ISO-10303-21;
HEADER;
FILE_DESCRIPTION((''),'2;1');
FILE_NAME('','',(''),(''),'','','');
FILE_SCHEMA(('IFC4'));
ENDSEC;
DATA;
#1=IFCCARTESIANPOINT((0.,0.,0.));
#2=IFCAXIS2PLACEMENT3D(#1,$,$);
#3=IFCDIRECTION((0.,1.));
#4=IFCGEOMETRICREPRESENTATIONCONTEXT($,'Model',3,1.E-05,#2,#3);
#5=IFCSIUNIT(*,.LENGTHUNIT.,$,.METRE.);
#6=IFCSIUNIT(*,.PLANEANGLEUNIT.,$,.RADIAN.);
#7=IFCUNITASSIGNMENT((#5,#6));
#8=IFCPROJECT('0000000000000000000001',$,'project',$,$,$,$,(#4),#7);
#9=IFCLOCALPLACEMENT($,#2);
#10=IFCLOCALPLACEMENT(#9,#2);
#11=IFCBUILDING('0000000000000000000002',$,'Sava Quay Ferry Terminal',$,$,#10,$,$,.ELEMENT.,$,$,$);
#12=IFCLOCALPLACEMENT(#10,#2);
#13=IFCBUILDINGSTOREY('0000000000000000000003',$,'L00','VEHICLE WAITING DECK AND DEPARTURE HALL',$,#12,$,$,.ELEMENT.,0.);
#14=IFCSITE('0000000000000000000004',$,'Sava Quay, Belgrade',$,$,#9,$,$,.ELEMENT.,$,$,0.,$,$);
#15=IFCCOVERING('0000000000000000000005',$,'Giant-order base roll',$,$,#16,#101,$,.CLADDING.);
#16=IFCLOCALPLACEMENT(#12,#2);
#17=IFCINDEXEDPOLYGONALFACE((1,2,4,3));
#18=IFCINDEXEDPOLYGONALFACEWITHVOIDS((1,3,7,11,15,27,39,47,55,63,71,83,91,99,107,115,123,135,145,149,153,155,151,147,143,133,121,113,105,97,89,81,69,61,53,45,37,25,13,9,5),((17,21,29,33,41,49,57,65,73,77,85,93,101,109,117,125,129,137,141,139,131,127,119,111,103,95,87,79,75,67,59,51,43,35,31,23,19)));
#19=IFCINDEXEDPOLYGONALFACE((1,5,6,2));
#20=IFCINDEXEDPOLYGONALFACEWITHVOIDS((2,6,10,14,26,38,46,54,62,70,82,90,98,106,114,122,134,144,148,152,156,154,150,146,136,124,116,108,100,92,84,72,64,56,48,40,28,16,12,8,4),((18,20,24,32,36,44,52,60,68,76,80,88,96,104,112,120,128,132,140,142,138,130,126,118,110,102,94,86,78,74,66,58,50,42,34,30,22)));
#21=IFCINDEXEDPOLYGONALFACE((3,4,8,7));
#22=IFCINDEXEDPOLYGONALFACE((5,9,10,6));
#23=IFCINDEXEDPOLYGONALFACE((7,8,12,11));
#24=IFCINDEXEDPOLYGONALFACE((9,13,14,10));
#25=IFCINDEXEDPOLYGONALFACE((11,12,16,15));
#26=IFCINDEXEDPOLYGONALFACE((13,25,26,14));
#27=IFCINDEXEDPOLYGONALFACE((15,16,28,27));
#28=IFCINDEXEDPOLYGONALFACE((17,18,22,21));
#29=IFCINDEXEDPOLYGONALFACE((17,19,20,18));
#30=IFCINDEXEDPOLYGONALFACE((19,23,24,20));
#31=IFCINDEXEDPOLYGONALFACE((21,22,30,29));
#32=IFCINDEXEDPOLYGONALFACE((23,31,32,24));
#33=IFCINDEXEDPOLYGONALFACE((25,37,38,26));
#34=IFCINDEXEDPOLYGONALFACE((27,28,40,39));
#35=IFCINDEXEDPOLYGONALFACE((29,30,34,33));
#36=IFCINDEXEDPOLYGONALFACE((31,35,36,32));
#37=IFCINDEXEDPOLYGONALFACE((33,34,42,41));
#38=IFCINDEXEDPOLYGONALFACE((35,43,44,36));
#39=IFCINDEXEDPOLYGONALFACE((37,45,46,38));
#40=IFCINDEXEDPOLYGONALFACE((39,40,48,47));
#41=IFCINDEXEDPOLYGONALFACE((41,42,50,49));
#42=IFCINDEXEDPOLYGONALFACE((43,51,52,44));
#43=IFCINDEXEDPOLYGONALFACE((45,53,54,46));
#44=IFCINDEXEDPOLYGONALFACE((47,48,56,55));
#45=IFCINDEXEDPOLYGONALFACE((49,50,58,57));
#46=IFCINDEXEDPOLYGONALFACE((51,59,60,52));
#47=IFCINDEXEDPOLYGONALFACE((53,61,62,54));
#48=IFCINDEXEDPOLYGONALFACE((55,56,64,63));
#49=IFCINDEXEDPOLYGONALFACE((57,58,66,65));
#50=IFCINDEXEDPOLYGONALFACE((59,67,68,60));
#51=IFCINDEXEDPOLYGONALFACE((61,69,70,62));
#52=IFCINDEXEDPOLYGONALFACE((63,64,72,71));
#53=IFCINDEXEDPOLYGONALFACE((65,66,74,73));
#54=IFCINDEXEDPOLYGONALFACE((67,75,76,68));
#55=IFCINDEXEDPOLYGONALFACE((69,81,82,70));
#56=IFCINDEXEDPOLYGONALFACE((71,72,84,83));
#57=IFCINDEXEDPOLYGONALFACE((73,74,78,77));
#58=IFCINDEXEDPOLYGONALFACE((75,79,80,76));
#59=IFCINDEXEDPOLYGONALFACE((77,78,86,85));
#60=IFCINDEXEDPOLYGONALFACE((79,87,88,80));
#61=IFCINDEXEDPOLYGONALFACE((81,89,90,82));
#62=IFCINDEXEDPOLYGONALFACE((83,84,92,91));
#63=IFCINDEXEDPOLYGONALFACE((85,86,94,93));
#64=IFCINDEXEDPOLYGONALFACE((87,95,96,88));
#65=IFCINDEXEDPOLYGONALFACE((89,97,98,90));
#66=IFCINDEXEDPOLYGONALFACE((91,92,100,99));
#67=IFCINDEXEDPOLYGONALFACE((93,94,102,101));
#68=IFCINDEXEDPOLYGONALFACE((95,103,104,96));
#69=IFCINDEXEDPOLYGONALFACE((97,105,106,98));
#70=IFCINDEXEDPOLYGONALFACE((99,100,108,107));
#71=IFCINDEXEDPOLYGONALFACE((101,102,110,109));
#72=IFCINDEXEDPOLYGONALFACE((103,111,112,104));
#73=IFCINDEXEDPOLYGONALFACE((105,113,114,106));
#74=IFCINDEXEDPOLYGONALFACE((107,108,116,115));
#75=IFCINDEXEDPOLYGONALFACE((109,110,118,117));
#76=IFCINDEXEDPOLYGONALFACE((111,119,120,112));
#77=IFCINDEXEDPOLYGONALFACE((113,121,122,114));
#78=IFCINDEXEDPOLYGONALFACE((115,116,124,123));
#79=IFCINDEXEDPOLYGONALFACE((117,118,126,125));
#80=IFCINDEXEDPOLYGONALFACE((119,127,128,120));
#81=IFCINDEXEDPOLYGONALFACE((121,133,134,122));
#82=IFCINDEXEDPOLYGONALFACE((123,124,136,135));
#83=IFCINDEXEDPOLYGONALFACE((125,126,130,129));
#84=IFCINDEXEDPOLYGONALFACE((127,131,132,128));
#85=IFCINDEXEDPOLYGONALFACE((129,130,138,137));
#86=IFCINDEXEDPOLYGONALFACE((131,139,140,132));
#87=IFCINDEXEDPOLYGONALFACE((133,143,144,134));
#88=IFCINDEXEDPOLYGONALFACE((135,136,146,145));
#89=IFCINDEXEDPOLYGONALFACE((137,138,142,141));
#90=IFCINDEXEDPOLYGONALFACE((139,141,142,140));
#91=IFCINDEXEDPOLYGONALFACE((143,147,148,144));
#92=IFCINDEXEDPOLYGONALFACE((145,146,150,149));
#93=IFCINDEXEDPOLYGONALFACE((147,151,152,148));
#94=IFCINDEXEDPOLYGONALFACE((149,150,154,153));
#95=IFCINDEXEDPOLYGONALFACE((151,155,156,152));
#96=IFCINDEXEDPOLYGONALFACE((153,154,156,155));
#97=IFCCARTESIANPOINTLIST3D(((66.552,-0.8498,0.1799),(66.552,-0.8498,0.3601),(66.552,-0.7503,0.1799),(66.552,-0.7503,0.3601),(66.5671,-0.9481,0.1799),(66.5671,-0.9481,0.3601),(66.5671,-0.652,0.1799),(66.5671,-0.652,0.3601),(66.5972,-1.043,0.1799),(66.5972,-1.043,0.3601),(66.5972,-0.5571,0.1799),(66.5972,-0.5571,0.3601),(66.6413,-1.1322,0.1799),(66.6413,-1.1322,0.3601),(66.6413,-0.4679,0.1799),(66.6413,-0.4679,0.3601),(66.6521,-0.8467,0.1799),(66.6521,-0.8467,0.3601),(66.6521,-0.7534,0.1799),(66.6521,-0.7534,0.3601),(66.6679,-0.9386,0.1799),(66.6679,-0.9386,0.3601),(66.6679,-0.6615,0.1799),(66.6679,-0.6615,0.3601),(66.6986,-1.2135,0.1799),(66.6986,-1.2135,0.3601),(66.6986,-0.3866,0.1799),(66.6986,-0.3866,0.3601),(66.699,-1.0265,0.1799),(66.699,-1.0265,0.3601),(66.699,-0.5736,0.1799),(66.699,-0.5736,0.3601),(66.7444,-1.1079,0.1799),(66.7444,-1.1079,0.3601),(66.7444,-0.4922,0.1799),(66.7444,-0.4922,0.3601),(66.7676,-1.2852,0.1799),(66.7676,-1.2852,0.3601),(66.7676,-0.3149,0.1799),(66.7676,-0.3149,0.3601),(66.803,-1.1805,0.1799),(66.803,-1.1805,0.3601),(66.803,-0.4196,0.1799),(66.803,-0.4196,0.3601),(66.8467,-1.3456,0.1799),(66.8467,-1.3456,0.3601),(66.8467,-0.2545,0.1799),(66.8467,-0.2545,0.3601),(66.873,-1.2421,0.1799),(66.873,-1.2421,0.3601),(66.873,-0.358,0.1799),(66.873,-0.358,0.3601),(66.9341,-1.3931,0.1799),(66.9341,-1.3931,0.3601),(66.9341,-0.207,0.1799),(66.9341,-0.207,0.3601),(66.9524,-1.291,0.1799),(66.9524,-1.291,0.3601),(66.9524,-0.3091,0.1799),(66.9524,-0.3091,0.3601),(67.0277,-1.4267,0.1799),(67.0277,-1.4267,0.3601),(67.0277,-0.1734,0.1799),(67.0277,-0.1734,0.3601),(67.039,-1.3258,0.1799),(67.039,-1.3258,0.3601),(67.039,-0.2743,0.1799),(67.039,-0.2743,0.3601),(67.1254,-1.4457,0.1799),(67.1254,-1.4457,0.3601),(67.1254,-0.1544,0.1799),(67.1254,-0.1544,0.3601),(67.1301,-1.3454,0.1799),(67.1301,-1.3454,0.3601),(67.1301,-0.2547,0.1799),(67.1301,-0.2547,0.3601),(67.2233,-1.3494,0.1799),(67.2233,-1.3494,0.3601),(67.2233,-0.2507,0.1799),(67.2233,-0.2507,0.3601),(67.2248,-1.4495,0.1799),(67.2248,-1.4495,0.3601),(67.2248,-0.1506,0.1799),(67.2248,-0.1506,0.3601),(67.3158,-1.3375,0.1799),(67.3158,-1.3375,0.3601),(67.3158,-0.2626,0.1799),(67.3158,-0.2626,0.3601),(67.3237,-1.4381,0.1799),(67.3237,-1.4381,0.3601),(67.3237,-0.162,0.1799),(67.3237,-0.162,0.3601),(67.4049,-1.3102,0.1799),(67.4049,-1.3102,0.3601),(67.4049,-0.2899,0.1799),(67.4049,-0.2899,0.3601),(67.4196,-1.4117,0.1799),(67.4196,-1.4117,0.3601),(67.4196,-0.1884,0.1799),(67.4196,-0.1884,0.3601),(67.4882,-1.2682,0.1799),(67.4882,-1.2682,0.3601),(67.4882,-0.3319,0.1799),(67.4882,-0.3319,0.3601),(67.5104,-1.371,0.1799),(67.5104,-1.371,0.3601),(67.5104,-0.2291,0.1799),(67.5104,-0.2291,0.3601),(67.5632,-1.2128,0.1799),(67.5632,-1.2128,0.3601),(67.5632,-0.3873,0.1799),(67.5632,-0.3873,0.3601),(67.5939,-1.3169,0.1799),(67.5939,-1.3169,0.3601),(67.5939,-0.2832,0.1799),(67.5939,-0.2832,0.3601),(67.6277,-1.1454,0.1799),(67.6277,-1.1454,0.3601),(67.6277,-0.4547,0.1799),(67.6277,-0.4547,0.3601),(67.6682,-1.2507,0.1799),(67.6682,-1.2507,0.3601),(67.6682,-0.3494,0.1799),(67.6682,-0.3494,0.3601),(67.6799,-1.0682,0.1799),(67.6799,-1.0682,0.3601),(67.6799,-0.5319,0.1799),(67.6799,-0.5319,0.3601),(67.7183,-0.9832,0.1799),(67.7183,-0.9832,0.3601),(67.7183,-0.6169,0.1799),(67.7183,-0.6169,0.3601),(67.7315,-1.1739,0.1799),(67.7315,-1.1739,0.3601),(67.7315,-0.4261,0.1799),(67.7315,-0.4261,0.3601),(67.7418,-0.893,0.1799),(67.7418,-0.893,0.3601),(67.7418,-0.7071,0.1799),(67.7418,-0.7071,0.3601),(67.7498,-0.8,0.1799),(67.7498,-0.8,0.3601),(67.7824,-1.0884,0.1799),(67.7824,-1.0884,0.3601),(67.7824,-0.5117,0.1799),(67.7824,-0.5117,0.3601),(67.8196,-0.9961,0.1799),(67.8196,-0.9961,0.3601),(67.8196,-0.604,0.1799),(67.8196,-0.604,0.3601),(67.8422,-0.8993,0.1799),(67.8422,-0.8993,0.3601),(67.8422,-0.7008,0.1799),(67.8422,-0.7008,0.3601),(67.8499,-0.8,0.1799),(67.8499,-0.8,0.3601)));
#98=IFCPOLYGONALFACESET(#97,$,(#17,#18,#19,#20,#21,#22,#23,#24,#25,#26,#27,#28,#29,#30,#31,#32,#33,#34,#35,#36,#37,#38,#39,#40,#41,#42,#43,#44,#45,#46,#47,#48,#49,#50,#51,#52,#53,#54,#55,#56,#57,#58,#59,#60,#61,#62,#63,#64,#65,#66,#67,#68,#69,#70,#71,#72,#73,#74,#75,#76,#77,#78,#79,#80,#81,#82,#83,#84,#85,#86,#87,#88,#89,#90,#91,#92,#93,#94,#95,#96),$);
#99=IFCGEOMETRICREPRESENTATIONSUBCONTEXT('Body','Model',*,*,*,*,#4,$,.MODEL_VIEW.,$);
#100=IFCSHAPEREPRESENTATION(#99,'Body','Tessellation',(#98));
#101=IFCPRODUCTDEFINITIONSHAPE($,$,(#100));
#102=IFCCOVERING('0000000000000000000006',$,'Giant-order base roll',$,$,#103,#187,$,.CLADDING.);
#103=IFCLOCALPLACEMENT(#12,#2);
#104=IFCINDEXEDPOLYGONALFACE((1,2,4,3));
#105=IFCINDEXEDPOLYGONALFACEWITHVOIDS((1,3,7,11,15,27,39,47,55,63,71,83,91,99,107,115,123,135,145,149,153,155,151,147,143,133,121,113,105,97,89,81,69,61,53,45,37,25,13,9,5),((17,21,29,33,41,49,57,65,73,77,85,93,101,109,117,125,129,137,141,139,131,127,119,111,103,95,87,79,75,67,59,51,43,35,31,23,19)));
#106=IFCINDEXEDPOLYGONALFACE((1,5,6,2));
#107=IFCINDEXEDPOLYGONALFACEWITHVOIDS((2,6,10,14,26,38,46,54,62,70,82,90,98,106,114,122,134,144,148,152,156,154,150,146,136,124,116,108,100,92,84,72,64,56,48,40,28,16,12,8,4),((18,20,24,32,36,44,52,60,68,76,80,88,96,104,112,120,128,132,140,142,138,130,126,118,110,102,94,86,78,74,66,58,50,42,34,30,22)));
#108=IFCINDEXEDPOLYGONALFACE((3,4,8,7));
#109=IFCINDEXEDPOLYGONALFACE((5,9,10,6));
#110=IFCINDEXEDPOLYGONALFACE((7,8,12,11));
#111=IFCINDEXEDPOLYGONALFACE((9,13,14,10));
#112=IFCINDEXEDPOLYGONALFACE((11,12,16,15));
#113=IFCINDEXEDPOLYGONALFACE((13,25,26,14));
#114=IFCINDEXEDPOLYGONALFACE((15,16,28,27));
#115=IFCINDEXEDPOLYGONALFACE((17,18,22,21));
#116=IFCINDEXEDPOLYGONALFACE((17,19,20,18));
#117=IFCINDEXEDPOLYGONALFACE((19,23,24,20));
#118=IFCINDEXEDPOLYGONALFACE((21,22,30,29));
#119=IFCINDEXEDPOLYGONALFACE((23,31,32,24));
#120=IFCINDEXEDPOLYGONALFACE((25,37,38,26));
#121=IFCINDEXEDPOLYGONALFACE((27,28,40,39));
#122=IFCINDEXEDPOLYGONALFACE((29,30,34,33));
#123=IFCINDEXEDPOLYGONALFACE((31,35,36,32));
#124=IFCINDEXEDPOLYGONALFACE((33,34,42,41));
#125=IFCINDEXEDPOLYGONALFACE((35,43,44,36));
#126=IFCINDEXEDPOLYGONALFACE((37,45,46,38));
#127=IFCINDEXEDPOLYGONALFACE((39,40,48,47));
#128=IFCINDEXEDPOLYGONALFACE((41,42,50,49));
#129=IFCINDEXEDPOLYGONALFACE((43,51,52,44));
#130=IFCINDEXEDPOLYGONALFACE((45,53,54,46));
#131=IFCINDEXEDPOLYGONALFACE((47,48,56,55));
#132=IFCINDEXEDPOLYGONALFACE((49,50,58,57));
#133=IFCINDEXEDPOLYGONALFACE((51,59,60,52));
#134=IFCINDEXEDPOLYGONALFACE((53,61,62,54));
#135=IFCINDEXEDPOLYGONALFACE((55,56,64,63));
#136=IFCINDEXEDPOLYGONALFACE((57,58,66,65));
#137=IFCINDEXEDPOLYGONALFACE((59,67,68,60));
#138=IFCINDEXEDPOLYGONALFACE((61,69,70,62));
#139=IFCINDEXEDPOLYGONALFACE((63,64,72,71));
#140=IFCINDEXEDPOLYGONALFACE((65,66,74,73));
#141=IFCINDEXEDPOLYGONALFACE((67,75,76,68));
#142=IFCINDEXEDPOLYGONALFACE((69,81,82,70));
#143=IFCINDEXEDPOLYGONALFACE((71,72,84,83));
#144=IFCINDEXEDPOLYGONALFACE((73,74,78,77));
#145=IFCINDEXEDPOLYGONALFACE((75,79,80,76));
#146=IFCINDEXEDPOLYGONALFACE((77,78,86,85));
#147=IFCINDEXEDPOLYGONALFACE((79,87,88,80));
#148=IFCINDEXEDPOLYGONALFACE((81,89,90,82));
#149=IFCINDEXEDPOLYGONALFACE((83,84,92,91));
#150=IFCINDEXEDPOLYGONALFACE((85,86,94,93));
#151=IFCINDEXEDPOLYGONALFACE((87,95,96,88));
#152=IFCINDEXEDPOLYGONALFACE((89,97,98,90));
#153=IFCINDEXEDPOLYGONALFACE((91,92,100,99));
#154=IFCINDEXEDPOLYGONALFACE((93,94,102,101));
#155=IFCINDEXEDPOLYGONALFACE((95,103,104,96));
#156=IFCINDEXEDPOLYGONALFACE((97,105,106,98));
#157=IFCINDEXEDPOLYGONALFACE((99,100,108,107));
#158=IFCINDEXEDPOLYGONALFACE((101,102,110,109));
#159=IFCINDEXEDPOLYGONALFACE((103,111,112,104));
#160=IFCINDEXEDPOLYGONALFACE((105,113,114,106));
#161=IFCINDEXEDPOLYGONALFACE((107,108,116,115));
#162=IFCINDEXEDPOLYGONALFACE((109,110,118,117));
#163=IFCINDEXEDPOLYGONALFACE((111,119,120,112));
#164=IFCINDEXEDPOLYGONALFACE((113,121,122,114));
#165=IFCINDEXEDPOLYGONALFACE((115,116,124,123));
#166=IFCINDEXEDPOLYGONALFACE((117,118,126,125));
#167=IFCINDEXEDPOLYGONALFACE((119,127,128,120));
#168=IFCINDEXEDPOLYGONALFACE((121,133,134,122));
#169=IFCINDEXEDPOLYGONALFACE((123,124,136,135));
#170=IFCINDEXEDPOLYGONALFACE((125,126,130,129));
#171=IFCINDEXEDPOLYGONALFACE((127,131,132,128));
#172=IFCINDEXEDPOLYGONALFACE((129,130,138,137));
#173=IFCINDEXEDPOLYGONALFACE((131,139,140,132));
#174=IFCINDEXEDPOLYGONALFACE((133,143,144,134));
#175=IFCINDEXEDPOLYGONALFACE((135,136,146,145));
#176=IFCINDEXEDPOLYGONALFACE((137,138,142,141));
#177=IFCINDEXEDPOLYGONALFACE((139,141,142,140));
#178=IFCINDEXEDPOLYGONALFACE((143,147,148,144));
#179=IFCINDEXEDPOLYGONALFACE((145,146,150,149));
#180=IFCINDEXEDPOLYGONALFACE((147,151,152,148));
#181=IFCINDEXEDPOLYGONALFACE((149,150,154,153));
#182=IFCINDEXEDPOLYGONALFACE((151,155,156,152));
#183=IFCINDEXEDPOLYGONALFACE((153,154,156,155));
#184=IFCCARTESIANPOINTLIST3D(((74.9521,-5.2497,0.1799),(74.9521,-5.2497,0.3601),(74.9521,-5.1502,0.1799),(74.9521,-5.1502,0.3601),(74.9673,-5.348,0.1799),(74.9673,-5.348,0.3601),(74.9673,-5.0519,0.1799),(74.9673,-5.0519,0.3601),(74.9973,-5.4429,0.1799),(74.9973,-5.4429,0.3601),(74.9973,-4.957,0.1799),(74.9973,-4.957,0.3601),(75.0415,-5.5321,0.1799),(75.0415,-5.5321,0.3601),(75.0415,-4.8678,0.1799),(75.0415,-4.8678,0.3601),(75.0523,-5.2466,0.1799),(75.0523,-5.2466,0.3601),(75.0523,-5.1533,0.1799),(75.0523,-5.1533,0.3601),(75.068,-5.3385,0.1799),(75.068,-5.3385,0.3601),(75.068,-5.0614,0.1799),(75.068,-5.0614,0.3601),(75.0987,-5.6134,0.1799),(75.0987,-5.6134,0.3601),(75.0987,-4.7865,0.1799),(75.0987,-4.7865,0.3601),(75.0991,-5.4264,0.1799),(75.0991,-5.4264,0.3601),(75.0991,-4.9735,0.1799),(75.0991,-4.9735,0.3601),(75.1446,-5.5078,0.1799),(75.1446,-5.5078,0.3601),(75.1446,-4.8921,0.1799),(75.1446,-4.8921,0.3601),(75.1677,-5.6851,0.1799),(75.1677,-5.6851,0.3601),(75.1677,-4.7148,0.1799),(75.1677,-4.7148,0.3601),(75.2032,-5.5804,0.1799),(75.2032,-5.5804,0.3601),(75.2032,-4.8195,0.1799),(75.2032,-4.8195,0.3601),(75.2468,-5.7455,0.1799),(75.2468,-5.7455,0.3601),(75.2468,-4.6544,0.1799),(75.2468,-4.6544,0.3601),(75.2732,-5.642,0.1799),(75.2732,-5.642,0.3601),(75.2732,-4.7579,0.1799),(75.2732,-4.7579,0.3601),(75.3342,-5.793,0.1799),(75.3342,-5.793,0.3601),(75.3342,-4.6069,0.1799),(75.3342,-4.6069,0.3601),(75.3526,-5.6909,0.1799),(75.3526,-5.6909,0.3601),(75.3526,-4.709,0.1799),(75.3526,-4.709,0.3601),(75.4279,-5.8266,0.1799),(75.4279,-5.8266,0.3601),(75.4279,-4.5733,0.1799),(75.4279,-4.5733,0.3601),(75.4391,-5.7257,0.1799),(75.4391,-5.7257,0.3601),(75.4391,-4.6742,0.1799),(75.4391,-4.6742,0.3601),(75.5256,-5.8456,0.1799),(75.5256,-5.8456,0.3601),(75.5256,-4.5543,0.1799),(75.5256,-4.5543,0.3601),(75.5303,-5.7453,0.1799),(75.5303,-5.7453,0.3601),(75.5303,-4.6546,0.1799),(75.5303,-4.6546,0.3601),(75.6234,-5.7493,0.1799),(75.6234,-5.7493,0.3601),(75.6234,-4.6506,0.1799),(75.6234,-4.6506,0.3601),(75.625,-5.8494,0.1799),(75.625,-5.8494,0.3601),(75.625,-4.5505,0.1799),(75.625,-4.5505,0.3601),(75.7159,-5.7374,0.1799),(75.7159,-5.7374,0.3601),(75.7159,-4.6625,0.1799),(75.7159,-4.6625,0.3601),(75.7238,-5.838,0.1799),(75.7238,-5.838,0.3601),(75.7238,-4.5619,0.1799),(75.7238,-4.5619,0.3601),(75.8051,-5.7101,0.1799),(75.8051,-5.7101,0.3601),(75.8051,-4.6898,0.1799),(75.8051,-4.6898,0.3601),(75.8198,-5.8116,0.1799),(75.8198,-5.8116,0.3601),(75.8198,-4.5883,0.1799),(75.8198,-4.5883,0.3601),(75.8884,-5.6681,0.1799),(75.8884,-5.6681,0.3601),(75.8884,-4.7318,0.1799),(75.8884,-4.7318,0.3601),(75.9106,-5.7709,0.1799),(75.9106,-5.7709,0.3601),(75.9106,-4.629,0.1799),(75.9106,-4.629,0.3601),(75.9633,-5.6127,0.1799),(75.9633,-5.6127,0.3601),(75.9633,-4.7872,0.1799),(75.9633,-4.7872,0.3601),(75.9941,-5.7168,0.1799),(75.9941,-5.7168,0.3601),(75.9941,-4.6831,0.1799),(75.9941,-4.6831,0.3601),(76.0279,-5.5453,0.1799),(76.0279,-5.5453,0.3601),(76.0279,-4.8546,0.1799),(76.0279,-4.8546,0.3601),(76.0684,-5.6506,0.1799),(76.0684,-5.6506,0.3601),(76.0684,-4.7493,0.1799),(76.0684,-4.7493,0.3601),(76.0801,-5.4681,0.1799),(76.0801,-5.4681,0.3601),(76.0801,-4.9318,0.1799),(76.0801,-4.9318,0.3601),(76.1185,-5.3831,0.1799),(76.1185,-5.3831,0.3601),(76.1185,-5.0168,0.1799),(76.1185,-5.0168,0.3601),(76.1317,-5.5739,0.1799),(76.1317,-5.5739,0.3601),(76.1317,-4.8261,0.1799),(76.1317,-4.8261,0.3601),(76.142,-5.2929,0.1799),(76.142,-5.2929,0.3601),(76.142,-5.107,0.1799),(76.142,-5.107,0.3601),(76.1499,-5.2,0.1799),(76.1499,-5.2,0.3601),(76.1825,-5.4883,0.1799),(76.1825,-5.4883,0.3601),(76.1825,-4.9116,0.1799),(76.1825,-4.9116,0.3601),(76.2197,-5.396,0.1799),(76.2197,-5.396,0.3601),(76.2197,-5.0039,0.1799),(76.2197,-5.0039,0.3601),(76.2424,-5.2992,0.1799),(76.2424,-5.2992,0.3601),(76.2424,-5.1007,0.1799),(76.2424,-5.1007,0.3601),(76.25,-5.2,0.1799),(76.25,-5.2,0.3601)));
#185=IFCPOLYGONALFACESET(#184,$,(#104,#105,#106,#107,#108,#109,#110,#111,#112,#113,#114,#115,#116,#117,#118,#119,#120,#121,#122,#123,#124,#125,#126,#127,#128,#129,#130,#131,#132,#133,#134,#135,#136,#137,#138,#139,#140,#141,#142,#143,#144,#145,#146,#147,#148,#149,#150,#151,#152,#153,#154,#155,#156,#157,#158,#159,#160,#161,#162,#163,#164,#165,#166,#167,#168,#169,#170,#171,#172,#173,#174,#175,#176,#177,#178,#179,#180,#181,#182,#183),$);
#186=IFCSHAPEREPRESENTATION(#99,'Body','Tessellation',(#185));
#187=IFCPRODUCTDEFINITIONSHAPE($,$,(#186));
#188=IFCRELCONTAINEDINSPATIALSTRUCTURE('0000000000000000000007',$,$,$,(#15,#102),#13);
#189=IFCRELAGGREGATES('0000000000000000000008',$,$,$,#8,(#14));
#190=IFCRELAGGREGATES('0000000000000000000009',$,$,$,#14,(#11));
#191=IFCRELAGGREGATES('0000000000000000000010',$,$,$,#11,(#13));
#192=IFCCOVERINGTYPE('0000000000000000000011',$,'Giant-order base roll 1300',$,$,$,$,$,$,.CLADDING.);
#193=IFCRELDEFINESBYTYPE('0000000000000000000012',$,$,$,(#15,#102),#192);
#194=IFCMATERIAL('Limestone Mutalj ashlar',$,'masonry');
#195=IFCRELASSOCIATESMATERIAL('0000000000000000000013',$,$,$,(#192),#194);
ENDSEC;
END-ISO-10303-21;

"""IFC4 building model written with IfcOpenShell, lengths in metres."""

from ifc_helpers import new_model, si_unit, direction, frame, origin, origin_2d, place, context, subcontext, project, spatial, hollow_circle, extrude, material, material_profile, profile_set, type_object, element, save


model = new_model("IFC4")

# Units and contexts
model_context = context("Model", 3, precision=1e-05, world=origin(), true_north=direction((0.0, 1.0)))
body_context = subcontext(model_context, "Body", "Model", "MODEL_VIEW")
ifc_project = project(units=[si_unit("LENGTHUNIT", "METRE"), si_unit("PLANEANGLEUNIT", "RADIAN")], contexts=[model_context])

# Site, building, storey
site_placement = place(None, origin())
site = spatial("IfcSite", under=ifc_project, at=site_placement, Name="Sava Quay, Belgrade", CompositionType="ELEMENT", RefElevation=0.0)
building_placement = place(site_placement, origin())
building = spatial("IfcBuilding", under=site, at=building_placement, Name="Sava Quay Ferry Terminal", CompositionType="ELEMENT")
storey_placement = place(building_placement, origin())
storey = spatial("IfcBuildingStorey", under=building, at=storey_placement, Name="L00", Description="VEHICLE WAITING DECK AND DEPARTURE HALL", CompositionType="ELEMENT", Elevation=0.0)

# Coverings
ifc_material_1 = material(Name="Limestone Mutalj ashlar", Category="masonry")
ifc_material_profile_1 = material_profile(ifc_material_1, hollow_circle(Radius=0.6499, WallThickness=0.1001, at=origin_2d()), Name="Base roll 1300")
ifc_profile_set_1 = profile_set([ifc_material_profile_1], Name="Limestone Mutalj ashlar")
covering_type_1 = type_object("IfcCoveringType", Name="Giant-order base roll 1300", PredefinedType="CLADDING", material=ifc_profile_set_1)
for number, where, z_axis, x_axis, name in (
    (1, (67.2, -0.8, 0.1799), (0.0, 0.0, 1.0), (1.0, 0.0, 0.0), "Giant-order base roll"),
    (2, (75.6001, -5.2, 0.1799), (0.0, 0.0, 1.0), (1.0, 0.0, 0.0), "Giant-order base roll"),
):
    element("IfcCovering", number, at=place(storey_placement, frame(where, z_axis=z_axis, x_axis=x_axis)), inside=storey, type_object=covering_type_1, Name=name, PredefinedType="CLADDING", context=body_context, shape_type="SweptSolid", body=[
        extrude(hollow_circle(Radius=0.6499, WallThickness=0.1001, at=origin_2d()), origin(), (0.0, 0.0, 1.0), 0.1802),
    ])

save(model, "model.ifc")
